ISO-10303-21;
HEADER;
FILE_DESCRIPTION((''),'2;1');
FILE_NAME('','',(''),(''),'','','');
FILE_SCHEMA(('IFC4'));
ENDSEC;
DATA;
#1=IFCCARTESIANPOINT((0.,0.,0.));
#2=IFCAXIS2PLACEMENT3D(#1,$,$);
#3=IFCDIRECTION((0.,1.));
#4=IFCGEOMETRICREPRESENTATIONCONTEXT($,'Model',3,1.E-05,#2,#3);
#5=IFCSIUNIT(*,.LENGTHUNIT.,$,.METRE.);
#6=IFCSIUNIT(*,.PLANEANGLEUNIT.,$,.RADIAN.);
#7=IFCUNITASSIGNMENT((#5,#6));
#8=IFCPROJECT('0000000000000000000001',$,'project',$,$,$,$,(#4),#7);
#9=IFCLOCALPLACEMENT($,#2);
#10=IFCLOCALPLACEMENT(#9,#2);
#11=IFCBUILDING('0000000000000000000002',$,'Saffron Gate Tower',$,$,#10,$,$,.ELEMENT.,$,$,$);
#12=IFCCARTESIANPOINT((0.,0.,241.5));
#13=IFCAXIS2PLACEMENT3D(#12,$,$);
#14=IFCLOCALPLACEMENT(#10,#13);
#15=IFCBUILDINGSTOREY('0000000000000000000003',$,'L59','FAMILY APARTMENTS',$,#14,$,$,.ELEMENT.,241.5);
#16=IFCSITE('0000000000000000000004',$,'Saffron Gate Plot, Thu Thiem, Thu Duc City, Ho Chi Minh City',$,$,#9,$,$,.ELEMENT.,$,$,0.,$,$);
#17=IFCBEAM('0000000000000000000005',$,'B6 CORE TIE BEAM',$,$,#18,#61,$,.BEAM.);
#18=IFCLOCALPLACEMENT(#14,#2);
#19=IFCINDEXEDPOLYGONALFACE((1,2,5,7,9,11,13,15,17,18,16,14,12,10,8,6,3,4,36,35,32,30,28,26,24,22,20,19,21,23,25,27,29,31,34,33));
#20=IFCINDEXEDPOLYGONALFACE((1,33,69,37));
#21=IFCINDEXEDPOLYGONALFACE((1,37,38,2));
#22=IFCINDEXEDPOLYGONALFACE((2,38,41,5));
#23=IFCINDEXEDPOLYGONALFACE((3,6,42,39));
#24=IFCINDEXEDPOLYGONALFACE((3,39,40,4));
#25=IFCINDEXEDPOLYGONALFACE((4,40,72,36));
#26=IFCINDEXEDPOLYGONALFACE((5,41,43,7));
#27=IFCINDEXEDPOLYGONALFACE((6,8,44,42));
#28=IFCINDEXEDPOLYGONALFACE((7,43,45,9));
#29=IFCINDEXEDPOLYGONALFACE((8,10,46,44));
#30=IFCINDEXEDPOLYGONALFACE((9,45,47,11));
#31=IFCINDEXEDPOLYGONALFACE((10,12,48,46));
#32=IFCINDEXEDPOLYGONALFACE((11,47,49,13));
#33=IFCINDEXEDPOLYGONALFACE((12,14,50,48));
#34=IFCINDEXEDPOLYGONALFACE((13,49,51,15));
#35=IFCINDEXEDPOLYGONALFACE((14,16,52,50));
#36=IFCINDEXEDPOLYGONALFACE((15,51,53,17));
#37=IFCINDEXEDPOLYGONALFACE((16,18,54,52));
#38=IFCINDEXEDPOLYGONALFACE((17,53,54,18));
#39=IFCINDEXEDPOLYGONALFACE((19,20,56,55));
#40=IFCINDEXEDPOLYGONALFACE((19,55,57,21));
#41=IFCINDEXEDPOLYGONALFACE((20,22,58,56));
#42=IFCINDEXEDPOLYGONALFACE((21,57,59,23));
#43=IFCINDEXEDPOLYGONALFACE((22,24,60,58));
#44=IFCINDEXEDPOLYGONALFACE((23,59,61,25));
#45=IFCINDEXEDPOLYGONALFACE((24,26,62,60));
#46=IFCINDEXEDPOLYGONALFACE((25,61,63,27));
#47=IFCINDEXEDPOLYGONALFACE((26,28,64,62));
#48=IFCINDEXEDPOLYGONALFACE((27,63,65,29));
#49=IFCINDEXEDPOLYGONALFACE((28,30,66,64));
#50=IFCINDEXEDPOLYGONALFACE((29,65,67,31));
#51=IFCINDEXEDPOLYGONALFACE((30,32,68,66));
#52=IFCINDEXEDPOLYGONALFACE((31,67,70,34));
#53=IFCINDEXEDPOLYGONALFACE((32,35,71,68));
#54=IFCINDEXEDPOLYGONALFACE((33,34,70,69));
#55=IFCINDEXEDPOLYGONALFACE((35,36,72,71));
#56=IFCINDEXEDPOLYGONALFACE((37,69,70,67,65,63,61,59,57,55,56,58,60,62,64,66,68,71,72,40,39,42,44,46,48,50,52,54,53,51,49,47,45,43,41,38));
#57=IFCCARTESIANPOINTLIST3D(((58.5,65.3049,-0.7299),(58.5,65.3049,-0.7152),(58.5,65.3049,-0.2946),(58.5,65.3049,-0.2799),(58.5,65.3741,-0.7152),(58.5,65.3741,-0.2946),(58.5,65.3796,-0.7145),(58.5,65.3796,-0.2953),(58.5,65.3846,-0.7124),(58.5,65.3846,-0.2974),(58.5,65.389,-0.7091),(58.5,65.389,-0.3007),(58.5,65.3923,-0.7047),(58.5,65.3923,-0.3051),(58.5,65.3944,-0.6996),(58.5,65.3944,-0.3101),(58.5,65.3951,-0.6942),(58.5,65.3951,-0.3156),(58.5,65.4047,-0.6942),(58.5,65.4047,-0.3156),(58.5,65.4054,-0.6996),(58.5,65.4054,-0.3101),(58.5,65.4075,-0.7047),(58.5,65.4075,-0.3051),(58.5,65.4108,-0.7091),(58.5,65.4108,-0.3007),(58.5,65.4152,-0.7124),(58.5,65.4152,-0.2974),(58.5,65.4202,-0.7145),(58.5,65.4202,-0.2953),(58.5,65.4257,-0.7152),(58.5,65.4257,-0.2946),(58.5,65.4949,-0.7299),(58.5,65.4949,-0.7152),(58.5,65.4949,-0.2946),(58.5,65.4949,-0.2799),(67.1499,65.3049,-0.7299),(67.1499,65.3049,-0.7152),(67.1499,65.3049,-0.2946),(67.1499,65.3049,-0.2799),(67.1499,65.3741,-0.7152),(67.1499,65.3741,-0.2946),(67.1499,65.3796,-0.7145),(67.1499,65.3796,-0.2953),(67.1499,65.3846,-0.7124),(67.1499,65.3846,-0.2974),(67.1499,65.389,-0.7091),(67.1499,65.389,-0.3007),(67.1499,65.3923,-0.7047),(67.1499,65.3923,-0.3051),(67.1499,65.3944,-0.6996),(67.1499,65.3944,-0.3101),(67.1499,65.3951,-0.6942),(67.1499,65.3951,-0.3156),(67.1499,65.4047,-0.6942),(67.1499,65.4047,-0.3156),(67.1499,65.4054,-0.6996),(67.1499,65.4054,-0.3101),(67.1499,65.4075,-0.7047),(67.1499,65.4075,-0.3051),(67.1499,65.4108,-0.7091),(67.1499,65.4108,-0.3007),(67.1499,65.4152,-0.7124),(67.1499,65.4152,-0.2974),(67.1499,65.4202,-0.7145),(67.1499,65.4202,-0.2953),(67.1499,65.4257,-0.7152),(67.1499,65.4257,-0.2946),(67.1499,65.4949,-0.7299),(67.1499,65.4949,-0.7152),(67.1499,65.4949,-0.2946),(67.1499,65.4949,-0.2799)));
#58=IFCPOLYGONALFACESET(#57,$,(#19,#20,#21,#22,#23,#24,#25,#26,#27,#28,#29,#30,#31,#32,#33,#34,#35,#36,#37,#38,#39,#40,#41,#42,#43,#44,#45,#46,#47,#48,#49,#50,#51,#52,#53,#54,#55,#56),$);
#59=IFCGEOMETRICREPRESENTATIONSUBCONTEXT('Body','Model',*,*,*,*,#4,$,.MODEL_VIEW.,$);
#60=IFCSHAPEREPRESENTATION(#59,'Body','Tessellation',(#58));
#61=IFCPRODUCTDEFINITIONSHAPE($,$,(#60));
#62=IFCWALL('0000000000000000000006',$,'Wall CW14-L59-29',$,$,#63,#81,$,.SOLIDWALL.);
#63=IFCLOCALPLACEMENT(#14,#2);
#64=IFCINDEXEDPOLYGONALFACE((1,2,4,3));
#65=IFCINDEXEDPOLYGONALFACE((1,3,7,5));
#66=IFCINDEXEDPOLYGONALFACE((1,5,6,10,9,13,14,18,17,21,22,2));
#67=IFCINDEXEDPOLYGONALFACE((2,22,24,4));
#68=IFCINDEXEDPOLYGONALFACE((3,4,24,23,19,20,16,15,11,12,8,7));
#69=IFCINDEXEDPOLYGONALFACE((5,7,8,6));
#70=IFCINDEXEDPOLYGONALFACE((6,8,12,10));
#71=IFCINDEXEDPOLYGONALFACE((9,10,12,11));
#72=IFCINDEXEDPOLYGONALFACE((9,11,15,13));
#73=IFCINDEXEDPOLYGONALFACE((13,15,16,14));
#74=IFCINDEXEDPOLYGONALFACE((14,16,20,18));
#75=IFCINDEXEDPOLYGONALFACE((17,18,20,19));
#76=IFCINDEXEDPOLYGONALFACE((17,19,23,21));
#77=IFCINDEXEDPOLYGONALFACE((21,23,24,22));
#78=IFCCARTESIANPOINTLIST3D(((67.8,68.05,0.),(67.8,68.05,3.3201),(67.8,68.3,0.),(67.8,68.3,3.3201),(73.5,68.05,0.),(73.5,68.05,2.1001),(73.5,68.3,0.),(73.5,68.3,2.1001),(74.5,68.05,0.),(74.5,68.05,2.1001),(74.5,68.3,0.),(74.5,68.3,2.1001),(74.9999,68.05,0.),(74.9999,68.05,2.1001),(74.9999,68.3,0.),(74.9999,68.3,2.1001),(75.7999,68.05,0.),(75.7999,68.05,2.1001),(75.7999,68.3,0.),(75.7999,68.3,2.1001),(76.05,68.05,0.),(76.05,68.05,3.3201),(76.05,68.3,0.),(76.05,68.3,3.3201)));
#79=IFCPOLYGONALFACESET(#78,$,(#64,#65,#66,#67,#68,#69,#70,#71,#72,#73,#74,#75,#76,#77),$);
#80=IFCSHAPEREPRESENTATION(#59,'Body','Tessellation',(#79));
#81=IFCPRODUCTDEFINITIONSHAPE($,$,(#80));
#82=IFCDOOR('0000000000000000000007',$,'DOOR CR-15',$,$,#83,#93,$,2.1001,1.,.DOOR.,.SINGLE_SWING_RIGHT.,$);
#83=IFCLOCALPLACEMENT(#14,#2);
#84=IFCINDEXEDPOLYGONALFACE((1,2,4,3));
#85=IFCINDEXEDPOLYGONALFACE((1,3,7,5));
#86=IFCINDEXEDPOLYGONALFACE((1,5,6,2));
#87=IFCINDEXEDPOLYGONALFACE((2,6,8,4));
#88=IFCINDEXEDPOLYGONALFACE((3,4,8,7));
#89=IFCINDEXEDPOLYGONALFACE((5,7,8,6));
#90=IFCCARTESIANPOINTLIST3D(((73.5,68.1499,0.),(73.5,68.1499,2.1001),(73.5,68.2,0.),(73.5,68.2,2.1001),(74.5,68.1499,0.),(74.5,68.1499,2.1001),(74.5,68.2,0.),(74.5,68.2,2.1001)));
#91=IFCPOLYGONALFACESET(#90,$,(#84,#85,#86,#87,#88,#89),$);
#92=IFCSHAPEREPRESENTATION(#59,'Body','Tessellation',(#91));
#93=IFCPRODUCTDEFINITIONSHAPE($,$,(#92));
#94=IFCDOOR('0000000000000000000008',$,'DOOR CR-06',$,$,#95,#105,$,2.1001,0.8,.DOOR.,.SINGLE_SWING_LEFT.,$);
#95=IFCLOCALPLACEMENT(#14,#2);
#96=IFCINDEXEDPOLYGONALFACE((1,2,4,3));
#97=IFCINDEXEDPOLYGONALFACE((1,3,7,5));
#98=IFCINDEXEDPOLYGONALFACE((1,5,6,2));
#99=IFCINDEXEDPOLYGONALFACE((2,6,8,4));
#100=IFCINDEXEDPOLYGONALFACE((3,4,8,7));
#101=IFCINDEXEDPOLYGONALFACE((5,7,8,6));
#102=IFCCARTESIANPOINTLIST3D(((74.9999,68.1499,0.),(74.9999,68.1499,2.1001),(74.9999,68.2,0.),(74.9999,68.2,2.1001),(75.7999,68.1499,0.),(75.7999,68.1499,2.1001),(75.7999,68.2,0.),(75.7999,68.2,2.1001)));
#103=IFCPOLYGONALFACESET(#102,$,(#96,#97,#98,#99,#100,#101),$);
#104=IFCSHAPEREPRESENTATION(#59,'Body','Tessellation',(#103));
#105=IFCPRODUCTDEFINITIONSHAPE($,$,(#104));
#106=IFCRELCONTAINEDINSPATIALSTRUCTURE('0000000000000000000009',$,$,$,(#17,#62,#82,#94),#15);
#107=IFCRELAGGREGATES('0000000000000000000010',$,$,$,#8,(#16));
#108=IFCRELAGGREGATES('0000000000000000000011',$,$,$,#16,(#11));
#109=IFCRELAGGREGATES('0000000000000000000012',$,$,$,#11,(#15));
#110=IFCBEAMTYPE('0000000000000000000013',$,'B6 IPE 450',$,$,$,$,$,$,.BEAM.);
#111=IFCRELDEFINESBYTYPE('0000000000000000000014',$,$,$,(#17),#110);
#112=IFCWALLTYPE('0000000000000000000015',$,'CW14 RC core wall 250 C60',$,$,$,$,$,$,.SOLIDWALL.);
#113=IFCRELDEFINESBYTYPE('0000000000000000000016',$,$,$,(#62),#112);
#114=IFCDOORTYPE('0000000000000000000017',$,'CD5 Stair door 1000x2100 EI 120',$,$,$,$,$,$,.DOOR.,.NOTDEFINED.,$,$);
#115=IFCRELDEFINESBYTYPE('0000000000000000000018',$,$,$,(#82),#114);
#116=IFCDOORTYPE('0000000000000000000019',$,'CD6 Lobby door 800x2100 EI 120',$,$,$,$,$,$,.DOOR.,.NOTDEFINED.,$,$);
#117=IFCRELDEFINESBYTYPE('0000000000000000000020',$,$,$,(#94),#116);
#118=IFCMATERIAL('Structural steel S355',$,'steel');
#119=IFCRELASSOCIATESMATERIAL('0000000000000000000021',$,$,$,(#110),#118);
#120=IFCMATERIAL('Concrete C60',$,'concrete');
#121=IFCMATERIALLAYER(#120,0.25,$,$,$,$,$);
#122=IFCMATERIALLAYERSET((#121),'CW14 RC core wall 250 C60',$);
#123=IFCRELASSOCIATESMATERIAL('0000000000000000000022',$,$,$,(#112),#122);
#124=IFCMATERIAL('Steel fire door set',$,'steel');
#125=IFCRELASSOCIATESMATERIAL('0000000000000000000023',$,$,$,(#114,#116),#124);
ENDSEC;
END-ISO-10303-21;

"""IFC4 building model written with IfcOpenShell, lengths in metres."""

from ifc_helpers import new_model, si_unit, direction, frame, frame_2d, origin, origin_2d, place, context, subcontext, project, spatial, rectangle, i_section, extrude, material, layer, layer_set, material_profile, profile_set, type_object, element, fill, save


model = new_model("IFC4")

# Units and contexts
model_context = context("Model", 3, precision=1e-05, world=origin(), true_north=direction((0.0, 1.0)))
body_context = subcontext(model_context, "Body", "Model", "MODEL_VIEW")
ifc_project = project(units=[si_unit("LENGTHUNIT", "METRE"), si_unit("PLANEANGLEUNIT", "RADIAN")], contexts=[model_context])

# Site, building, storey
site_placement = place(None, origin())
site = spatial("IfcSite", under=ifc_project, at=site_placement, Name="Saffron Gate Plot, Thu Thiem, Thu Duc City, Ho Chi Minh City", CompositionType="ELEMENT", RefElevation=0.0)
building_placement = place(site_placement, origin())
building = spatial("IfcBuilding", under=site, at=building_placement, Name="Saffron Gate Tower", CompositionType="ELEMENT")
storey_placement = place(building_placement, frame((0.0, 0.0, 241.5)))
storey = spatial("IfcBuildingStorey", under=building, at=storey_placement, Name="L59", Description="FAMILY APARTMENTS", CompositionType="ELEMENT", Elevation=241.5)

# Beam
ifc_material_1 = material(Name="Structural steel S355", Category="steel")
ifc_material_profile = material_profile(ifc_material_1, i_section(OverallWidth=0.1899, OverallDepth=0.45, WebThickness=0.0095, FlangeThickness=0.0146, FilletRadius=0.021, at=origin_2d()))
ifc_profile_set = profile_set([ifc_material_profile], Name="Structural steel S355")
beam_type = type_object("IfcBeamType", Name="B6 IPE 450", PredefinedType="BEAM", material=ifc_profile_set)
beam_placement = place(storey_placement, frame((58.5, 65.3999, -0.5049), z_axis=(1.0, 0.0, 0.0), x_axis=(0.0, 1.0, 0.0)))
element("IfcBeam", 1, at=beam_placement, inside=storey, type_object=beam_type, Name="B6 CORE TIE BEAM", PredefinedType="BEAM", context=body_context, shape_type="SweptSolid", body=[
    extrude(i_section(OverallWidth=0.1899, OverallDepth=0.45, WebThickness=0.0095, FlangeThickness=0.0146, FilletRadius=0.021, at=origin_2d()), origin(), (0.0, 0.0, 1.0), 8.6499),
])

# Wall, openings, doors
ifc_material_2 = material(Name="Concrete C60", Category="concrete")
ifc_layer_1 = layer(ifc_material_2, 0.25)
ifc_layer_set_1 = layer_set([ifc_layer_1], Name="CW14 RC core wall 250 C60")
wall_type_1 = type_object("IfcWallType", Name="CW14 RC core wall 250 C60", PredefinedType="SOLIDWALL", material=ifc_layer_set_1)
wall_1_placement = place(storey_placement, frame((67.8, 68.175, 0.0), z_axis=(0.0, 0.0, 1.0), x_axis=(1.0, 0.0, 0.0)))
wall_1 = element("IfcWall", 2, at=wall_1_placement, inside=storey, type_object=wall_type_1, Name="Wall CW14-L59-29", PredefinedType="SOLIDWALL", context=body_context, shape_type="SweptSolid", body=[
    extrude(rectangle(XDim=8.25, YDim=0.25, at=frame_2d((4.125, 0.0))), origin(), (0.0, 0.0, 1.0), 3.3201),
])
opening_1_placement = place(wall_1_placement, frame((5.7, 0.0, 0.0)))
opening_1 = element("IfcOpeningElement", 3, at=opening_1_placement, cuts=wall_1, PredefinedType="OPENING", context=body_context, shape_type="SweptSolid", body=[
    extrude(rectangle(XDim=1.0, YDim=2.1001, at=frame_2d((0.5, 1.05))), frame((0.0, 0.135, 0.0), z_axis=(0.0, -1.0, 0.0), x_axis=(1.0, 0.0, 0.0)), (0.0, 0.0, 1.0), 0.27),
])
opening_2_placement = place(wall_1_placement, frame((7.2, 0.0, 0.0)))
opening_2 = element("IfcOpeningElement", 4, at=opening_2_placement, cuts=wall_1, PredefinedType="OPENING", context=body_context, shape_type="SweptSolid", body=[
    extrude(rectangle(XDim=0.8, YDim=2.1001, at=frame_2d((0.3999, 1.05))), frame((0.0, 0.135, 0.0), z_axis=(0.0, -1.0, 0.0), x_axis=(1.0, 0.0, 0.0)), (0.0, 0.0, 1.0), 0.27),
])
ifc_material_3 = material(Name="Steel fire door set", Category="steel")
door_type_1 = type_object("IfcDoorType", Name="CD5 Stair door 1000x2100 EI 120", OperationType="NOTDEFINED", PredefinedType="DOOR", material=ifc_material_3)
door_1_placement = place(opening_1_placement, origin())
door_1 = element("IfcDoor", 5, at=door_1_placement, inside=storey, type_object=door_type_1, Name="DOOR CR-15", OperationType="SINGLE_SWING_RIGHT", OverallHeight=2.1001, OverallWidth=1.0, PredefinedType="DOOR", context=body_context, shape_type="SweptSolid", body=[
    extrude(rectangle(XDim=1.0, YDim=2.1001, at=frame_2d((0.5, 1.05))), frame((0.0, 0.0249, 0.0), z_axis=(0.0, -1.0, 0.0), x_axis=(1.0, 0.0, 0.0)), (0.0, 0.0, 1.0), 0.05),
])
fill(opening_1, door_1)
door_type_2 = type_object("IfcDoorType", Name="CD6 Lobby door 800x2100 EI 120", OperationType="NOTDEFINED", PredefinedType="DOOR", material=ifc_material_3)
door_2_placement = place(opening_2_placement, origin())
door_2 = element("IfcDoor", 6, at=door_2_placement, inside=storey, type_object=door_type_2, Name="DOOR CR-06", OperationType="SINGLE_SWING_LEFT", OverallHeight=2.1001, OverallWidth=0.8, PredefinedType="DOOR", context=body_context, shape_type="SweptSolid", body=[
    extrude(rectangle(XDim=0.8, YDim=2.1001, at=frame_2d((0.3999, 1.05))), frame((0.0, 0.0249, 0.0), z_axis=(0.0, -1.0, 0.0), x_axis=(1.0, 0.0, 0.0)), (0.0, 0.0, 1.0), 0.05),
])
fill(opening_2, door_2)

save(model, "model.ifc")
